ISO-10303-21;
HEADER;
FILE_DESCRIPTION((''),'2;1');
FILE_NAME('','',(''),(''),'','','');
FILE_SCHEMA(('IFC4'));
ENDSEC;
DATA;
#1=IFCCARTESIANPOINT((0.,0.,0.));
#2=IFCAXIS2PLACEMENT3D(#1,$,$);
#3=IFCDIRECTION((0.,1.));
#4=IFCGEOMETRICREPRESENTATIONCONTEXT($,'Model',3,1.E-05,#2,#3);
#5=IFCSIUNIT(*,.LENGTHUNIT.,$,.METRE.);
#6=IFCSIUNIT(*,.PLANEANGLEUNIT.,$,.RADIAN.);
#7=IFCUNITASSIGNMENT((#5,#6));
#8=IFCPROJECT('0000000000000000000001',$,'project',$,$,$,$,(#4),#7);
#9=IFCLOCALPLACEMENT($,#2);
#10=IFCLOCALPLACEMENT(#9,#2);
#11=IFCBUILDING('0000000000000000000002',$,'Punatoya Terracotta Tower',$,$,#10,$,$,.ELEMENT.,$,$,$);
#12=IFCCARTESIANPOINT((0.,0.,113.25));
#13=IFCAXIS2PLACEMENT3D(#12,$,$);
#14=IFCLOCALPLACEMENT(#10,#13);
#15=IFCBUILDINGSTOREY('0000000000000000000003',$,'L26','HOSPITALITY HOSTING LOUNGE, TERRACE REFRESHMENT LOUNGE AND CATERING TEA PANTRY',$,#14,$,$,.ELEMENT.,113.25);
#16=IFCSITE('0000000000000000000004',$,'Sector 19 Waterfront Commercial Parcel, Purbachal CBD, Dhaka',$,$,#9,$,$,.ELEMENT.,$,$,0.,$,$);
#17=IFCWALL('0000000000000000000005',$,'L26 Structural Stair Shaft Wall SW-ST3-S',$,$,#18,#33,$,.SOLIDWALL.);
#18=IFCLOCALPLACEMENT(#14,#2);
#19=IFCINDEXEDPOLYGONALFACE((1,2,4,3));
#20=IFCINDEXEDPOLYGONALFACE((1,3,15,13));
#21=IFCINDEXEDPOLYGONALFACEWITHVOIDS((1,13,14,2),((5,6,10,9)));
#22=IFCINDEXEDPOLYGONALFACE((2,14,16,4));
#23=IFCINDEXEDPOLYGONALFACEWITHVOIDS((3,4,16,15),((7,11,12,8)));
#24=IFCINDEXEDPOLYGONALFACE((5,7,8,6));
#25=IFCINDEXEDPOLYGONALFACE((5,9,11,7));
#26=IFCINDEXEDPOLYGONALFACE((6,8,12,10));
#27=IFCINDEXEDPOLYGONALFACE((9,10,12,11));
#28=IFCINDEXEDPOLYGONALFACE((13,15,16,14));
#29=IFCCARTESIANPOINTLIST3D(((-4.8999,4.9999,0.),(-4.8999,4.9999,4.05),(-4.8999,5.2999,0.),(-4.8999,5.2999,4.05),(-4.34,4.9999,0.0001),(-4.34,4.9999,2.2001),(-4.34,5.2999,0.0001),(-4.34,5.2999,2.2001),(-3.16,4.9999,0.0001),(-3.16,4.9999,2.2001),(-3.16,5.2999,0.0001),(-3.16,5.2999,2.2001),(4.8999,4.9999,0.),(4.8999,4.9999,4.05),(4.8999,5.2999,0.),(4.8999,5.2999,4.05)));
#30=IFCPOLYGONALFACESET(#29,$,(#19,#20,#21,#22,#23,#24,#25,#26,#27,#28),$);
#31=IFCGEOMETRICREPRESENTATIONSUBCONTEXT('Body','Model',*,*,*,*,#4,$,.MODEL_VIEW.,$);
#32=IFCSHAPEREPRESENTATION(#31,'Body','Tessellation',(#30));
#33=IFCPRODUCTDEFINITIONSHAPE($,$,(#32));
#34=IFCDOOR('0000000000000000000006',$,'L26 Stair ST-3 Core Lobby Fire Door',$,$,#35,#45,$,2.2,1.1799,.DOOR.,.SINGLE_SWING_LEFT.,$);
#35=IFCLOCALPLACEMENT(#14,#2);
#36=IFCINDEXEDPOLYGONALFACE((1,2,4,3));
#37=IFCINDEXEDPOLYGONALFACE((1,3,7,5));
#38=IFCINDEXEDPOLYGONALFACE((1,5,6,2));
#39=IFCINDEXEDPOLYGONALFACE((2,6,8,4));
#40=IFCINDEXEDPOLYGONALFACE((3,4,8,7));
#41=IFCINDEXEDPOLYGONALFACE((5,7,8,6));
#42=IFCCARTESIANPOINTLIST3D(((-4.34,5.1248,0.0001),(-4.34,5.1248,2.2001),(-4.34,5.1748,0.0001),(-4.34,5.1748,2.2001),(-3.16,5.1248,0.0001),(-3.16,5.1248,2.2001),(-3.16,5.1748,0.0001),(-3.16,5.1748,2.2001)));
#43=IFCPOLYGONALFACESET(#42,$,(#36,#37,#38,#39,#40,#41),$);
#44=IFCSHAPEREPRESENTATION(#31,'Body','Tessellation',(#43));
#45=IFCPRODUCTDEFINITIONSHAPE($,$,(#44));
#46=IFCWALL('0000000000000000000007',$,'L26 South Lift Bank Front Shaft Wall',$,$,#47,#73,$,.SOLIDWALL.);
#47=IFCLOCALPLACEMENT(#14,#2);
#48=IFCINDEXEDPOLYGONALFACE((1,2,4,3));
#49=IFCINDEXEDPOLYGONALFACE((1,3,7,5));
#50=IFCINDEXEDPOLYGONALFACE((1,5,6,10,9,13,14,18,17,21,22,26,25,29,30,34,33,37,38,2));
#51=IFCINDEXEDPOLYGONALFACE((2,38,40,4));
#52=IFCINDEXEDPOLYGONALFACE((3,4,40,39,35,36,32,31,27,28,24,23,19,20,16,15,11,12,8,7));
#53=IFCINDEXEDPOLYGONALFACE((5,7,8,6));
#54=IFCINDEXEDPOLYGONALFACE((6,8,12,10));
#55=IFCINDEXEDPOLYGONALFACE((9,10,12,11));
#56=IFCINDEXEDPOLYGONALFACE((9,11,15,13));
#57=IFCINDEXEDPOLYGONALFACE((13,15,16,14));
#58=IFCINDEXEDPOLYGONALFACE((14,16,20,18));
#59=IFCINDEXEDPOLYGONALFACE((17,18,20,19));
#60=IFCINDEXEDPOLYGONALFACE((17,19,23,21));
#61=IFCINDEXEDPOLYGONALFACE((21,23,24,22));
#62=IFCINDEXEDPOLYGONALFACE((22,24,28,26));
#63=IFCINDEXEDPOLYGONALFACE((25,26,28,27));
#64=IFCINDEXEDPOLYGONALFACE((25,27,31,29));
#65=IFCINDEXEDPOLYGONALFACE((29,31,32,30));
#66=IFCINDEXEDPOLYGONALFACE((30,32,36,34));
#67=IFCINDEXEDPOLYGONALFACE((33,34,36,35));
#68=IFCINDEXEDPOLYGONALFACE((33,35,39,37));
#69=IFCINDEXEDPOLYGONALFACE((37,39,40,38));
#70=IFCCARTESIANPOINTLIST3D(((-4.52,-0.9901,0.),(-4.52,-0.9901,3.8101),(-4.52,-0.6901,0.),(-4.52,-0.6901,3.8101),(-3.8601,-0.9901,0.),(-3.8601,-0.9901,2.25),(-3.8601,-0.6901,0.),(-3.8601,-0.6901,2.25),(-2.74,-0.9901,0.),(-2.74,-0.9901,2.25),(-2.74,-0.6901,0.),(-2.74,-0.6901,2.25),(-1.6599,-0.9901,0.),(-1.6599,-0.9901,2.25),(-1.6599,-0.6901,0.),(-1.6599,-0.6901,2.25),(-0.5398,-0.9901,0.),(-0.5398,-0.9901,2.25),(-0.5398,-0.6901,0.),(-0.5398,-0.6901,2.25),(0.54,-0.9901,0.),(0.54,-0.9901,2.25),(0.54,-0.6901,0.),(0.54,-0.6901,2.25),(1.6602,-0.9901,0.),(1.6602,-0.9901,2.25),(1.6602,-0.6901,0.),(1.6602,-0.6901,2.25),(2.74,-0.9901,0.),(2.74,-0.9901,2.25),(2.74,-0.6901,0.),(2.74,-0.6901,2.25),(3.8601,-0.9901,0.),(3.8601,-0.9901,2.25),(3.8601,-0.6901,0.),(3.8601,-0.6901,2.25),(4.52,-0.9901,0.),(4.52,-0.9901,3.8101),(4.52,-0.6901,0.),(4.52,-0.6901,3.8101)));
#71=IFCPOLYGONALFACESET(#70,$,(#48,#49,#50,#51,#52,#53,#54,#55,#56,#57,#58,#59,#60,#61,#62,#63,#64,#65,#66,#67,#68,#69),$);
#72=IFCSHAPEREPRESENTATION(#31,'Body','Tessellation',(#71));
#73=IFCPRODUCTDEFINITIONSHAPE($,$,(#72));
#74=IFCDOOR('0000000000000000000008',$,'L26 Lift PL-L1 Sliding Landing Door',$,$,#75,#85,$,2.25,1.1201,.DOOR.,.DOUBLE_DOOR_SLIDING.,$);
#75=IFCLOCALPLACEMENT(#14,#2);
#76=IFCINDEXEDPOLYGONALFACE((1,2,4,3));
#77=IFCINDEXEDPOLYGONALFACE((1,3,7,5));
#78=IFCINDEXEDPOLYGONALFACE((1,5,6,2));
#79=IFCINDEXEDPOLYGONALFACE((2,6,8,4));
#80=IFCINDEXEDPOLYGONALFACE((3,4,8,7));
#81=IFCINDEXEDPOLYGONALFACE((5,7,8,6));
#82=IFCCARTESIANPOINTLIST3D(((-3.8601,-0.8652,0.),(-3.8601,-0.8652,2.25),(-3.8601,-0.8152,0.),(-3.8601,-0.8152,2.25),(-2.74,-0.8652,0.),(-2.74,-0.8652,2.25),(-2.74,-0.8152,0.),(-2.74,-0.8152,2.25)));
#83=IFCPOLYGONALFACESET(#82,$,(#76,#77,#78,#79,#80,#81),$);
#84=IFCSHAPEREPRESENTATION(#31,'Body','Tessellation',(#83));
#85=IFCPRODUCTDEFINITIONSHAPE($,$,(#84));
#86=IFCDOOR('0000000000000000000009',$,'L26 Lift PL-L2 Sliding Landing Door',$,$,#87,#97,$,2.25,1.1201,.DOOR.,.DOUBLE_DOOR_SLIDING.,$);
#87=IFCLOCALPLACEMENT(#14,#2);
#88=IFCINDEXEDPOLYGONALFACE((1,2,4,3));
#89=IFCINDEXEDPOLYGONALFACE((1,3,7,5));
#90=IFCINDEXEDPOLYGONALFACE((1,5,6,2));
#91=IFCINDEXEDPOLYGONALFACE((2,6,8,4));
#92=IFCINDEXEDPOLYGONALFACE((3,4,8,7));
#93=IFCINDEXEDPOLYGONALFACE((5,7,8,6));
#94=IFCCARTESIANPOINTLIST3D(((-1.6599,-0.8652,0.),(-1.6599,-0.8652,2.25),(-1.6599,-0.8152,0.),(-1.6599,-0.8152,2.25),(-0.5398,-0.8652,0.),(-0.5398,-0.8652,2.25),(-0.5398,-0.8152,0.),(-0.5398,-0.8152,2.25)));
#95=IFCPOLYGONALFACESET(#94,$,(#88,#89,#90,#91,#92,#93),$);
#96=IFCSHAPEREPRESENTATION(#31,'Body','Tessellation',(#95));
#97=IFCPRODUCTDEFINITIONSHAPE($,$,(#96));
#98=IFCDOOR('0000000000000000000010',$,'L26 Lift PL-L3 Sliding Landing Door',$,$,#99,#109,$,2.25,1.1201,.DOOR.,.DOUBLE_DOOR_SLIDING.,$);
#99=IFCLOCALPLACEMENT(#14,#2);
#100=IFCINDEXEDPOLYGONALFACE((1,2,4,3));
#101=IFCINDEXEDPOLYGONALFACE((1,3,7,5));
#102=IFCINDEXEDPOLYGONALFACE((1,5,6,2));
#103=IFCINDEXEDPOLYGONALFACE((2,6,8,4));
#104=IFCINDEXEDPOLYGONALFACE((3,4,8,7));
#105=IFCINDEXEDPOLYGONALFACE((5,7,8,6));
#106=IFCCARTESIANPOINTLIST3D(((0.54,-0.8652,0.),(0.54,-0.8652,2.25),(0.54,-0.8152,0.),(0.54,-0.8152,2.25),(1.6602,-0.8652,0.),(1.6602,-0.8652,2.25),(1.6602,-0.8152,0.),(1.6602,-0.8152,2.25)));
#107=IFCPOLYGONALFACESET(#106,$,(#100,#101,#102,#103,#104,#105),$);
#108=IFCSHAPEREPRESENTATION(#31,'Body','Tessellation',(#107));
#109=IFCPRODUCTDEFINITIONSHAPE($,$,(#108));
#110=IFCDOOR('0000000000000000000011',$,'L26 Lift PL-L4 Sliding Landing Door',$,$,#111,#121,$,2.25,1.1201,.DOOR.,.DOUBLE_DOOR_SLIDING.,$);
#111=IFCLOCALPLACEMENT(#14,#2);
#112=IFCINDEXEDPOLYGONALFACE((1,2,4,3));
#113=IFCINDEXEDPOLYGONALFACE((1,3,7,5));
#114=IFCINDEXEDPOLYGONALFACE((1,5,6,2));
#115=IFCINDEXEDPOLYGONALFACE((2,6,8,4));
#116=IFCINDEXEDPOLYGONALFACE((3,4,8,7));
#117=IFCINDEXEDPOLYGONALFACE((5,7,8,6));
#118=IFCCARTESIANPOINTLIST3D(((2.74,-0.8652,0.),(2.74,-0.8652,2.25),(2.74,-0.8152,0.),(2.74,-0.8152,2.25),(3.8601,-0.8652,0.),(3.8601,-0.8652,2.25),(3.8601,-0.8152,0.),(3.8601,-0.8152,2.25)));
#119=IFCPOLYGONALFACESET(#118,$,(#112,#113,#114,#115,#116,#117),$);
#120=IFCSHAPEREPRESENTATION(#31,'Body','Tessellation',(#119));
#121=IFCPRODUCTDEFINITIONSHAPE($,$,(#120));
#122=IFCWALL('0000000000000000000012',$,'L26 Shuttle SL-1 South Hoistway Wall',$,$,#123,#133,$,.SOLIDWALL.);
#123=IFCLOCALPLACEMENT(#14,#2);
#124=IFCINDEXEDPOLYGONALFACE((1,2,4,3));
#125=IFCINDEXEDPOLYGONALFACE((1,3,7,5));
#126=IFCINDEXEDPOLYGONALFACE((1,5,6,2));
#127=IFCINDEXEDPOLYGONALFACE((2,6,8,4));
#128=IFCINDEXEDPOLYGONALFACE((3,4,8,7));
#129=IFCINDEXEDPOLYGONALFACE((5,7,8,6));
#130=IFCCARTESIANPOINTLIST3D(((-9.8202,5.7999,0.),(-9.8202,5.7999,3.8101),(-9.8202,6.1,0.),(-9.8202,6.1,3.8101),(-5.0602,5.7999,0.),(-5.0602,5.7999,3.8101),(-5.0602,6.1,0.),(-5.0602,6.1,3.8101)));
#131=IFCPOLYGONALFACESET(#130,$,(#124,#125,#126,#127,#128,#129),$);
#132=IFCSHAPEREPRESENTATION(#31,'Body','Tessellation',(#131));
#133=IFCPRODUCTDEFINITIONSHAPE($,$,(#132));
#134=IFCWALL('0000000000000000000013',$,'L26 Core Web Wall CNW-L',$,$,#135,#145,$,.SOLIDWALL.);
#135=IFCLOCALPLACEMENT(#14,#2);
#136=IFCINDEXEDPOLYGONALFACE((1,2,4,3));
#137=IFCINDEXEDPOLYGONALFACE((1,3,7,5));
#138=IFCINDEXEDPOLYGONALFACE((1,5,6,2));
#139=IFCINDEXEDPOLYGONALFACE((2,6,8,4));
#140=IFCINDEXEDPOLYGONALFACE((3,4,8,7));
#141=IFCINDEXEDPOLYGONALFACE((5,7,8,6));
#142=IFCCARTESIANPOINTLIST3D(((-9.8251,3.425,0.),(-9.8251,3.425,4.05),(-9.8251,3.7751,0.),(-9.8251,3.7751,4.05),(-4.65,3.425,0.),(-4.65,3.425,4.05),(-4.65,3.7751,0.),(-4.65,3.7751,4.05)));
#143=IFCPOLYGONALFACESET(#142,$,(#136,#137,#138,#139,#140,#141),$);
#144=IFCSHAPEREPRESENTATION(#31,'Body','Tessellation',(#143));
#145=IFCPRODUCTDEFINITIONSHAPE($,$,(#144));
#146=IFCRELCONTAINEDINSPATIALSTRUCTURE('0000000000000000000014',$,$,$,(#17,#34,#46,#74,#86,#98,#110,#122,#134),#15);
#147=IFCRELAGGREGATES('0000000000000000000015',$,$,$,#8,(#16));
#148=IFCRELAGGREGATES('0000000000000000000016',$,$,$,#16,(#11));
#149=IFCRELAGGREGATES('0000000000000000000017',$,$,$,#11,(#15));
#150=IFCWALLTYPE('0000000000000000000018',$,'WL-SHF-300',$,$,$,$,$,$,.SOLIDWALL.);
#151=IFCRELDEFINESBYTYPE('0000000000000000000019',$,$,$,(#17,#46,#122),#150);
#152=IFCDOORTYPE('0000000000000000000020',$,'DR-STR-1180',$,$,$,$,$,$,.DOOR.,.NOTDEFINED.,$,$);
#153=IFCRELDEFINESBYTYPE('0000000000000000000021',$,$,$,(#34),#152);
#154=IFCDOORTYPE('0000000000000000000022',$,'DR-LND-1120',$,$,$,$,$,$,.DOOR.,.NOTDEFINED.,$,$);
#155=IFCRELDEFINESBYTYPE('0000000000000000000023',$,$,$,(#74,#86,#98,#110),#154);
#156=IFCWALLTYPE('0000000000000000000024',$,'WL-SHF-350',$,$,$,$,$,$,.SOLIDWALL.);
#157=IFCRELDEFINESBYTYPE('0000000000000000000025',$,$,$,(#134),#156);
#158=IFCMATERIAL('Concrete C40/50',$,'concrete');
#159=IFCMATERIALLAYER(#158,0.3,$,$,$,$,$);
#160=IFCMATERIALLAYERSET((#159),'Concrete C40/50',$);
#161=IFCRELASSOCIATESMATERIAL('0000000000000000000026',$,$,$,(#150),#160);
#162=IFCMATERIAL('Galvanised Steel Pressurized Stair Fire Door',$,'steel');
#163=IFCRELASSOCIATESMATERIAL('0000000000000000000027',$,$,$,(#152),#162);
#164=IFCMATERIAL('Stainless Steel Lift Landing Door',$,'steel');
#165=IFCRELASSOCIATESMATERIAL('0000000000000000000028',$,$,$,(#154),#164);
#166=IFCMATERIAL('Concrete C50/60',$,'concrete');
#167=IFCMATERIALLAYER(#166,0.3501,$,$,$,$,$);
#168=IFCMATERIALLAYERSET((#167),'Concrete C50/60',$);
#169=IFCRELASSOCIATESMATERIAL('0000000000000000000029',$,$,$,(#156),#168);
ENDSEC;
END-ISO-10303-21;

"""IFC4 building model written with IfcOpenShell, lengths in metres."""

from ifc_helpers import new_model, si_unit, direction, frame, frame_2d, origin, place, context, subcontext, project, spatial, rectangle, extrude, material, layer, layer_set, type_object, element, fill, save


model = new_model("IFC4")

# Units and contexts
model_context = context("Model", 3, precision=1e-05, world=origin(), true_north=direction((0.0, 1.0)))
body_context = subcontext(model_context, "Body", "Model", "MODEL_VIEW")
ifc_project = project(units=[si_unit("LENGTHUNIT", "METRE"), si_unit("PLANEANGLEUNIT", "RADIAN")], contexts=[model_context])

# Site, building, storey
site_placement = place(None, origin())
site = spatial("IfcSite", under=ifc_project, at=site_placement, Name="Sector 19 Waterfront Commercial Parcel, Purbachal CBD, Dhaka", CompositionType="ELEMENT", RefElevation=0.0)
building_placement = place(site_placement, origin())
building = spatial("IfcBuilding", under=site, at=building_placement, Name="Punatoya Terracotta Tower", CompositionType="ELEMENT")
storey_placement = place(building_placement, frame((0.0, 0.0, 113.25)))
storey = spatial("IfcBuildingStorey", under=building, at=storey_placement, Name="L26", Description="HOSPITALITY HOSTING LOUNGE, TERRACE REFRESHMENT LOUNGE AND CATERING TEA PANTRY", CompositionType="ELEMENT", Elevation=113.25)

# Shared definitions
ifc_material_1 = material(Name="Concrete C40/50", Category="concrete")

# Shared definitions
ifc_layer_1 = layer(ifc_material_1, 0.3)
ifc_layer_set_1 = layer_set([ifc_layer_1], Name="Concrete C40/50")
wall_type_1 = type_object("IfcWallType", Name="WL-SHF-300", PredefinedType="SOLIDWALL", material=ifc_layer_set_1)

# Wall, opening, door
wall_1_placement = place(storey_placement, frame((-4.8999, 5.1499, 0.0), z_axis=(0.0, 0.0, 1.0), x_axis=(1.0, 0.0, 0.0)))
wall_1 = element("IfcWall", 1, at=wall_1_placement, inside=storey, type_object=wall_type_1, Name="L26 Structural Stair Shaft Wall SW-ST3-S", PredefinedType="SOLIDWALL", context=body_context, shape_type="SweptSolid", body=[
    extrude(rectangle(XDim=9.7998, YDim=0.3, at=frame_2d((4.8999, 0.0))), origin(), (0.0, 0.0, 1.0), 4.05),
])
opening_1_placement = place(wall_1_placement, frame((0.5601, 0.0, 0.0)))
opening_1 = element("IfcOpeningElement", 2, at=opening_1_placement, cuts=wall_1, PredefinedType="OPENING", context=body_context, shape_type="SweptSolid", body=[
    extrude(rectangle(XDim=1.1799, YDim=2.2, at=frame_2d((0.5898, 1.1001))), frame((0.0, 0.1599, 0.0), z_axis=(0.0, -1.0, 0.0), x_axis=(1.0, 0.0, 0.0)), (0.0, 0.0, 1.0), 0.3201),
])
ifc_material_2 = material(Name="Galvanised Steel Pressurized Stair Fire Door", Category="steel")
door_type_1 = type_object("IfcDoorType", Name="DR-STR-1180", OperationType="NOTDEFINED", PredefinedType="DOOR", material=ifc_material_2)
door_1_placement = place(opening_1_placement, origin())
door_1 = element("IfcDoor", 3, at=door_1_placement, inside=storey, type_object=door_type_1, Name="L26 Stair ST-3 Core Lobby Fire Door", OperationType="SINGLE_SWING_LEFT", OverallHeight=2.2, OverallWidth=1.1799, PredefinedType="DOOR", context=body_context, shape_type="SweptSolid", body=[
    extrude(rectangle(XDim=1.1799, YDim=2.2, at=frame_2d((0.5898, 1.1001))), frame((0.0, 0.0249, 0.0), z_axis=(0.0, -1.0, 0.0), x_axis=(1.0, 0.0, 0.0)), (0.0, 0.0, 1.0), 0.05),
])
fill(opening_1, door_1)

# Wall, openings, doors
wall_2_placement = place(storey_placement, frame((-4.52, -0.8401, 0.0), z_axis=(0.0, 0.0, 1.0), x_axis=(1.0, 0.0, 0.0)))
wall_2 = element("IfcWall", 4, at=wall_2_placement, inside=storey, type_object=wall_type_1, Name="L26 South Lift Bank Front Shaft Wall", PredefinedType="SOLIDWALL", context=body_context, shape_type="SweptSolid", body=[
    extrude(rectangle(XDim=9.04, YDim=0.3, at=frame_2d((4.52, 0.0))), origin(), (0.0, 0.0, 1.0), 3.8101),
])
opening_2_placement = place(wall_2_placement, frame((0.6599, 0.0, 0.0)))
opening_2 = element("IfcOpeningElement", 5, at=opening_2_placement, cuts=wall_2, PredefinedType="OPENING", context=body_context, shape_type="SweptSolid", body=[
    extrude(rectangle(XDim=1.1201, YDim=2.25, at=frame_2d((0.5601, 1.125))), frame((0.0, 0.1599, 0.0), z_axis=(0.0, -1.0, 0.0), x_axis=(1.0, 0.0, 0.0)), (0.0, 0.0, 1.0), 0.3201),
])
opening_3_placement = place(wall_2_placement, frame((2.8601, 0.0, 0.0)))
opening_3 = element("IfcOpeningElement", 6, at=opening_3_placement, cuts=wall_2, PredefinedType="OPENING", context=body_context, shape_type="SweptSolid", body=[
    extrude(rectangle(XDim=1.1201, YDim=2.25, at=frame_2d((0.5601, 1.125))), frame((0.0, 0.1599, 0.0), z_axis=(0.0, -1.0, 0.0), x_axis=(1.0, 0.0, 0.0)), (0.0, 0.0, 1.0), 0.3201),
])
opening_4_placement = place(wall_2_placement, frame((5.0601, 0.0, 0.0)))
opening_4 = element("IfcOpeningElement", 7, at=opening_4_placement, cuts=wall_2, PredefinedType="OPENING", context=body_context, shape_type="SweptSolid", body=[
    extrude(rectangle(XDim=1.1201, YDim=2.25, at=frame_2d((0.5601, 1.125))), frame((0.0, 0.1599, 0.0), z_axis=(0.0, -1.0, 0.0), x_axis=(1.0, 0.0, 0.0)), (0.0, 0.0, 1.0), 0.3201),
])
opening_5_placement = place(wall_2_placement, frame((7.26, 0.0, 0.0)))
opening_5 = element("IfcOpeningElement", 8, at=opening_5_placement, cuts=wall_2, PredefinedType="OPENING", context=body_context, shape_type="SweptSolid", body=[
    extrude(rectangle(XDim=1.1201, YDim=2.25, at=frame_2d((0.5601, 1.125))), frame((0.0, 0.1599, 0.0), z_axis=(0.0, -1.0, 0.0), x_axis=(1.0, 0.0, 0.0)), (0.0, 0.0, 1.0), 0.3201),
])
ifc_material_3 = material(Name="Stainless Steel Lift Landing Door", Category="steel")
door_type_2 = type_object("IfcDoorType", Name="DR-LND-1120", OperationType="NOTDEFINED", PredefinedType="DOOR", material=ifc_material_3)
door_2_placement = place(opening_2_placement, origin())
door_2 = element("IfcDoor", 9, at=door_2_placement, inside=storey, type_object=door_type_2, Name="L26 Lift PL-L1 Sliding Landing Door", OperationType="DOUBLE_DOOR_SLIDING", OverallHeight=2.25, OverallWidth=1.1201, PredefinedType="DOOR", context=body_context, shape_type="SweptSolid", body=[
    extrude(rectangle(XDim=1.1201, YDim=2.25, at=frame_2d((0.5601, 1.125))), frame((0.0, 0.0249, 0.0), z_axis=(0.0, -1.0, 0.0), x_axis=(1.0, 0.0, 0.0)), (0.0, 0.0, 1.0), 0.05),
])
fill(opening_2, door_2)
door_3_placement = place(opening_3_placement, origin())
door_3 = element("IfcDoor", 10, at=door_3_placement, inside=storey, type_object=door_type_2, Name="L26 Lift PL-L2 Sliding Landing Door", OperationType="DOUBLE_DOOR_SLIDING", OverallHeight=2.25, OverallWidth=1.1201, PredefinedType="DOOR", context=body_context, shape_type="SweptSolid", body=[
    extrude(rectangle(XDim=1.1201, YDim=2.25, at=frame_2d((0.5601, 1.125))), frame((0.0, 0.0249, 0.0), z_axis=(0.0, -1.0, 0.0), x_axis=(1.0, 0.0, 0.0)), (0.0, 0.0, 1.0), 0.05),
])
fill(opening_3, door_3)
door_4_placement = place(opening_4_placement, origin())
door_4 = element("IfcDoor", 11, at=door_4_placement, inside=storey, type_object=door_type_2, Name="L26 Lift PL-L3 Sliding Landing Door", OperationType="DOUBLE_DOOR_SLIDING", OverallHeight=2.25, OverallWidth=1.1201, PredefinedType="DOOR", context=body_context, shape_type="SweptSolid", body=[
    extrude(rectangle(XDim=1.1201, YDim=2.25, at=frame_2d((0.5601, 1.125))), frame((0.0, 0.0249, 0.0), z_axis=(0.0, -1.0, 0.0), x_axis=(1.0, 0.0, 0.0)), (0.0, 0.0, 1.0), 0.05),
])
fill(opening_4, door_4)
door_5_placement = place(opening_5_placement, origin())
door_5 = element("IfcDoor", 12, at=door_5_placement, inside=storey, type_object=door_type_2, Name="L26 Lift PL-L4 Sliding Landing Door", OperationType="DOUBLE_DOOR_SLIDING", OverallHeight=2.25, OverallWidth=1.1201, PredefinedType="DOOR", context=body_context, shape_type="SweptSolid", body=[
    extrude(rectangle(XDim=1.1201, YDim=2.25, at=frame_2d((0.5601, 1.125))), frame((0.0, 0.0249, 0.0), z_axis=(0.0, -1.0, 0.0), x_axis=(1.0, 0.0, 0.0)), (0.0, 0.0, 1.0), 0.05),
])
fill(opening_5, door_5)

# Walls
wall_3_placement = place(storey_placement, frame((-9.8201, 5.95, 0.0), z_axis=(0.0, 0.0, 1.0), x_axis=(1.0, 0.0, 0.0)))
element("IfcWall", 13, at=wall_3_placement, inside=storey, type_object=wall_type_1, Name="L26 Shuttle SL-1 South Hoistway Wall", PredefinedType="SOLIDWALL", context=body_context, shape_type="SweptSolid", body=[
    extrude(rectangle(XDim=4.76, YDim=0.3, at=frame_2d((2.3799, 0.0))), origin(), (0.0, 0.0, 1.0), 3.8101),
])
ifc_material_4 = material(Name="Concrete C50/60", Category="concrete")
ifc_layer_2 = layer(ifc_material_4, 0.3501)
ifc_layer_set_2 = layer_set([ifc_layer_2], Name="Concrete C50/60")
wall_type_2 = type_object("IfcWallType", Name="WL-SHF-350", PredefinedType="SOLIDWALL", material=ifc_layer_set_2)
wall_4_placement = place(storey_placement, frame((-9.825, 3.6001, 0.0), z_axis=(0.0, 0.0, 1.0), x_axis=(1.0, 0.0, 0.0)))
element("IfcWall", 14, at=wall_4_placement, inside=storey, type_object=wall_type_2, Name="L26 Core Web Wall CNW-L", PredefinedType="SOLIDWALL", context=body_context, shape_type="SweptSolid", body=[
    extrude(rectangle(XDim=5.175, YDim=0.3501, at=frame_2d((2.5874, 0.0))), origin(), (0.0, 0.0, 1.0), 4.05),
])

save(model, "model.ifc")
